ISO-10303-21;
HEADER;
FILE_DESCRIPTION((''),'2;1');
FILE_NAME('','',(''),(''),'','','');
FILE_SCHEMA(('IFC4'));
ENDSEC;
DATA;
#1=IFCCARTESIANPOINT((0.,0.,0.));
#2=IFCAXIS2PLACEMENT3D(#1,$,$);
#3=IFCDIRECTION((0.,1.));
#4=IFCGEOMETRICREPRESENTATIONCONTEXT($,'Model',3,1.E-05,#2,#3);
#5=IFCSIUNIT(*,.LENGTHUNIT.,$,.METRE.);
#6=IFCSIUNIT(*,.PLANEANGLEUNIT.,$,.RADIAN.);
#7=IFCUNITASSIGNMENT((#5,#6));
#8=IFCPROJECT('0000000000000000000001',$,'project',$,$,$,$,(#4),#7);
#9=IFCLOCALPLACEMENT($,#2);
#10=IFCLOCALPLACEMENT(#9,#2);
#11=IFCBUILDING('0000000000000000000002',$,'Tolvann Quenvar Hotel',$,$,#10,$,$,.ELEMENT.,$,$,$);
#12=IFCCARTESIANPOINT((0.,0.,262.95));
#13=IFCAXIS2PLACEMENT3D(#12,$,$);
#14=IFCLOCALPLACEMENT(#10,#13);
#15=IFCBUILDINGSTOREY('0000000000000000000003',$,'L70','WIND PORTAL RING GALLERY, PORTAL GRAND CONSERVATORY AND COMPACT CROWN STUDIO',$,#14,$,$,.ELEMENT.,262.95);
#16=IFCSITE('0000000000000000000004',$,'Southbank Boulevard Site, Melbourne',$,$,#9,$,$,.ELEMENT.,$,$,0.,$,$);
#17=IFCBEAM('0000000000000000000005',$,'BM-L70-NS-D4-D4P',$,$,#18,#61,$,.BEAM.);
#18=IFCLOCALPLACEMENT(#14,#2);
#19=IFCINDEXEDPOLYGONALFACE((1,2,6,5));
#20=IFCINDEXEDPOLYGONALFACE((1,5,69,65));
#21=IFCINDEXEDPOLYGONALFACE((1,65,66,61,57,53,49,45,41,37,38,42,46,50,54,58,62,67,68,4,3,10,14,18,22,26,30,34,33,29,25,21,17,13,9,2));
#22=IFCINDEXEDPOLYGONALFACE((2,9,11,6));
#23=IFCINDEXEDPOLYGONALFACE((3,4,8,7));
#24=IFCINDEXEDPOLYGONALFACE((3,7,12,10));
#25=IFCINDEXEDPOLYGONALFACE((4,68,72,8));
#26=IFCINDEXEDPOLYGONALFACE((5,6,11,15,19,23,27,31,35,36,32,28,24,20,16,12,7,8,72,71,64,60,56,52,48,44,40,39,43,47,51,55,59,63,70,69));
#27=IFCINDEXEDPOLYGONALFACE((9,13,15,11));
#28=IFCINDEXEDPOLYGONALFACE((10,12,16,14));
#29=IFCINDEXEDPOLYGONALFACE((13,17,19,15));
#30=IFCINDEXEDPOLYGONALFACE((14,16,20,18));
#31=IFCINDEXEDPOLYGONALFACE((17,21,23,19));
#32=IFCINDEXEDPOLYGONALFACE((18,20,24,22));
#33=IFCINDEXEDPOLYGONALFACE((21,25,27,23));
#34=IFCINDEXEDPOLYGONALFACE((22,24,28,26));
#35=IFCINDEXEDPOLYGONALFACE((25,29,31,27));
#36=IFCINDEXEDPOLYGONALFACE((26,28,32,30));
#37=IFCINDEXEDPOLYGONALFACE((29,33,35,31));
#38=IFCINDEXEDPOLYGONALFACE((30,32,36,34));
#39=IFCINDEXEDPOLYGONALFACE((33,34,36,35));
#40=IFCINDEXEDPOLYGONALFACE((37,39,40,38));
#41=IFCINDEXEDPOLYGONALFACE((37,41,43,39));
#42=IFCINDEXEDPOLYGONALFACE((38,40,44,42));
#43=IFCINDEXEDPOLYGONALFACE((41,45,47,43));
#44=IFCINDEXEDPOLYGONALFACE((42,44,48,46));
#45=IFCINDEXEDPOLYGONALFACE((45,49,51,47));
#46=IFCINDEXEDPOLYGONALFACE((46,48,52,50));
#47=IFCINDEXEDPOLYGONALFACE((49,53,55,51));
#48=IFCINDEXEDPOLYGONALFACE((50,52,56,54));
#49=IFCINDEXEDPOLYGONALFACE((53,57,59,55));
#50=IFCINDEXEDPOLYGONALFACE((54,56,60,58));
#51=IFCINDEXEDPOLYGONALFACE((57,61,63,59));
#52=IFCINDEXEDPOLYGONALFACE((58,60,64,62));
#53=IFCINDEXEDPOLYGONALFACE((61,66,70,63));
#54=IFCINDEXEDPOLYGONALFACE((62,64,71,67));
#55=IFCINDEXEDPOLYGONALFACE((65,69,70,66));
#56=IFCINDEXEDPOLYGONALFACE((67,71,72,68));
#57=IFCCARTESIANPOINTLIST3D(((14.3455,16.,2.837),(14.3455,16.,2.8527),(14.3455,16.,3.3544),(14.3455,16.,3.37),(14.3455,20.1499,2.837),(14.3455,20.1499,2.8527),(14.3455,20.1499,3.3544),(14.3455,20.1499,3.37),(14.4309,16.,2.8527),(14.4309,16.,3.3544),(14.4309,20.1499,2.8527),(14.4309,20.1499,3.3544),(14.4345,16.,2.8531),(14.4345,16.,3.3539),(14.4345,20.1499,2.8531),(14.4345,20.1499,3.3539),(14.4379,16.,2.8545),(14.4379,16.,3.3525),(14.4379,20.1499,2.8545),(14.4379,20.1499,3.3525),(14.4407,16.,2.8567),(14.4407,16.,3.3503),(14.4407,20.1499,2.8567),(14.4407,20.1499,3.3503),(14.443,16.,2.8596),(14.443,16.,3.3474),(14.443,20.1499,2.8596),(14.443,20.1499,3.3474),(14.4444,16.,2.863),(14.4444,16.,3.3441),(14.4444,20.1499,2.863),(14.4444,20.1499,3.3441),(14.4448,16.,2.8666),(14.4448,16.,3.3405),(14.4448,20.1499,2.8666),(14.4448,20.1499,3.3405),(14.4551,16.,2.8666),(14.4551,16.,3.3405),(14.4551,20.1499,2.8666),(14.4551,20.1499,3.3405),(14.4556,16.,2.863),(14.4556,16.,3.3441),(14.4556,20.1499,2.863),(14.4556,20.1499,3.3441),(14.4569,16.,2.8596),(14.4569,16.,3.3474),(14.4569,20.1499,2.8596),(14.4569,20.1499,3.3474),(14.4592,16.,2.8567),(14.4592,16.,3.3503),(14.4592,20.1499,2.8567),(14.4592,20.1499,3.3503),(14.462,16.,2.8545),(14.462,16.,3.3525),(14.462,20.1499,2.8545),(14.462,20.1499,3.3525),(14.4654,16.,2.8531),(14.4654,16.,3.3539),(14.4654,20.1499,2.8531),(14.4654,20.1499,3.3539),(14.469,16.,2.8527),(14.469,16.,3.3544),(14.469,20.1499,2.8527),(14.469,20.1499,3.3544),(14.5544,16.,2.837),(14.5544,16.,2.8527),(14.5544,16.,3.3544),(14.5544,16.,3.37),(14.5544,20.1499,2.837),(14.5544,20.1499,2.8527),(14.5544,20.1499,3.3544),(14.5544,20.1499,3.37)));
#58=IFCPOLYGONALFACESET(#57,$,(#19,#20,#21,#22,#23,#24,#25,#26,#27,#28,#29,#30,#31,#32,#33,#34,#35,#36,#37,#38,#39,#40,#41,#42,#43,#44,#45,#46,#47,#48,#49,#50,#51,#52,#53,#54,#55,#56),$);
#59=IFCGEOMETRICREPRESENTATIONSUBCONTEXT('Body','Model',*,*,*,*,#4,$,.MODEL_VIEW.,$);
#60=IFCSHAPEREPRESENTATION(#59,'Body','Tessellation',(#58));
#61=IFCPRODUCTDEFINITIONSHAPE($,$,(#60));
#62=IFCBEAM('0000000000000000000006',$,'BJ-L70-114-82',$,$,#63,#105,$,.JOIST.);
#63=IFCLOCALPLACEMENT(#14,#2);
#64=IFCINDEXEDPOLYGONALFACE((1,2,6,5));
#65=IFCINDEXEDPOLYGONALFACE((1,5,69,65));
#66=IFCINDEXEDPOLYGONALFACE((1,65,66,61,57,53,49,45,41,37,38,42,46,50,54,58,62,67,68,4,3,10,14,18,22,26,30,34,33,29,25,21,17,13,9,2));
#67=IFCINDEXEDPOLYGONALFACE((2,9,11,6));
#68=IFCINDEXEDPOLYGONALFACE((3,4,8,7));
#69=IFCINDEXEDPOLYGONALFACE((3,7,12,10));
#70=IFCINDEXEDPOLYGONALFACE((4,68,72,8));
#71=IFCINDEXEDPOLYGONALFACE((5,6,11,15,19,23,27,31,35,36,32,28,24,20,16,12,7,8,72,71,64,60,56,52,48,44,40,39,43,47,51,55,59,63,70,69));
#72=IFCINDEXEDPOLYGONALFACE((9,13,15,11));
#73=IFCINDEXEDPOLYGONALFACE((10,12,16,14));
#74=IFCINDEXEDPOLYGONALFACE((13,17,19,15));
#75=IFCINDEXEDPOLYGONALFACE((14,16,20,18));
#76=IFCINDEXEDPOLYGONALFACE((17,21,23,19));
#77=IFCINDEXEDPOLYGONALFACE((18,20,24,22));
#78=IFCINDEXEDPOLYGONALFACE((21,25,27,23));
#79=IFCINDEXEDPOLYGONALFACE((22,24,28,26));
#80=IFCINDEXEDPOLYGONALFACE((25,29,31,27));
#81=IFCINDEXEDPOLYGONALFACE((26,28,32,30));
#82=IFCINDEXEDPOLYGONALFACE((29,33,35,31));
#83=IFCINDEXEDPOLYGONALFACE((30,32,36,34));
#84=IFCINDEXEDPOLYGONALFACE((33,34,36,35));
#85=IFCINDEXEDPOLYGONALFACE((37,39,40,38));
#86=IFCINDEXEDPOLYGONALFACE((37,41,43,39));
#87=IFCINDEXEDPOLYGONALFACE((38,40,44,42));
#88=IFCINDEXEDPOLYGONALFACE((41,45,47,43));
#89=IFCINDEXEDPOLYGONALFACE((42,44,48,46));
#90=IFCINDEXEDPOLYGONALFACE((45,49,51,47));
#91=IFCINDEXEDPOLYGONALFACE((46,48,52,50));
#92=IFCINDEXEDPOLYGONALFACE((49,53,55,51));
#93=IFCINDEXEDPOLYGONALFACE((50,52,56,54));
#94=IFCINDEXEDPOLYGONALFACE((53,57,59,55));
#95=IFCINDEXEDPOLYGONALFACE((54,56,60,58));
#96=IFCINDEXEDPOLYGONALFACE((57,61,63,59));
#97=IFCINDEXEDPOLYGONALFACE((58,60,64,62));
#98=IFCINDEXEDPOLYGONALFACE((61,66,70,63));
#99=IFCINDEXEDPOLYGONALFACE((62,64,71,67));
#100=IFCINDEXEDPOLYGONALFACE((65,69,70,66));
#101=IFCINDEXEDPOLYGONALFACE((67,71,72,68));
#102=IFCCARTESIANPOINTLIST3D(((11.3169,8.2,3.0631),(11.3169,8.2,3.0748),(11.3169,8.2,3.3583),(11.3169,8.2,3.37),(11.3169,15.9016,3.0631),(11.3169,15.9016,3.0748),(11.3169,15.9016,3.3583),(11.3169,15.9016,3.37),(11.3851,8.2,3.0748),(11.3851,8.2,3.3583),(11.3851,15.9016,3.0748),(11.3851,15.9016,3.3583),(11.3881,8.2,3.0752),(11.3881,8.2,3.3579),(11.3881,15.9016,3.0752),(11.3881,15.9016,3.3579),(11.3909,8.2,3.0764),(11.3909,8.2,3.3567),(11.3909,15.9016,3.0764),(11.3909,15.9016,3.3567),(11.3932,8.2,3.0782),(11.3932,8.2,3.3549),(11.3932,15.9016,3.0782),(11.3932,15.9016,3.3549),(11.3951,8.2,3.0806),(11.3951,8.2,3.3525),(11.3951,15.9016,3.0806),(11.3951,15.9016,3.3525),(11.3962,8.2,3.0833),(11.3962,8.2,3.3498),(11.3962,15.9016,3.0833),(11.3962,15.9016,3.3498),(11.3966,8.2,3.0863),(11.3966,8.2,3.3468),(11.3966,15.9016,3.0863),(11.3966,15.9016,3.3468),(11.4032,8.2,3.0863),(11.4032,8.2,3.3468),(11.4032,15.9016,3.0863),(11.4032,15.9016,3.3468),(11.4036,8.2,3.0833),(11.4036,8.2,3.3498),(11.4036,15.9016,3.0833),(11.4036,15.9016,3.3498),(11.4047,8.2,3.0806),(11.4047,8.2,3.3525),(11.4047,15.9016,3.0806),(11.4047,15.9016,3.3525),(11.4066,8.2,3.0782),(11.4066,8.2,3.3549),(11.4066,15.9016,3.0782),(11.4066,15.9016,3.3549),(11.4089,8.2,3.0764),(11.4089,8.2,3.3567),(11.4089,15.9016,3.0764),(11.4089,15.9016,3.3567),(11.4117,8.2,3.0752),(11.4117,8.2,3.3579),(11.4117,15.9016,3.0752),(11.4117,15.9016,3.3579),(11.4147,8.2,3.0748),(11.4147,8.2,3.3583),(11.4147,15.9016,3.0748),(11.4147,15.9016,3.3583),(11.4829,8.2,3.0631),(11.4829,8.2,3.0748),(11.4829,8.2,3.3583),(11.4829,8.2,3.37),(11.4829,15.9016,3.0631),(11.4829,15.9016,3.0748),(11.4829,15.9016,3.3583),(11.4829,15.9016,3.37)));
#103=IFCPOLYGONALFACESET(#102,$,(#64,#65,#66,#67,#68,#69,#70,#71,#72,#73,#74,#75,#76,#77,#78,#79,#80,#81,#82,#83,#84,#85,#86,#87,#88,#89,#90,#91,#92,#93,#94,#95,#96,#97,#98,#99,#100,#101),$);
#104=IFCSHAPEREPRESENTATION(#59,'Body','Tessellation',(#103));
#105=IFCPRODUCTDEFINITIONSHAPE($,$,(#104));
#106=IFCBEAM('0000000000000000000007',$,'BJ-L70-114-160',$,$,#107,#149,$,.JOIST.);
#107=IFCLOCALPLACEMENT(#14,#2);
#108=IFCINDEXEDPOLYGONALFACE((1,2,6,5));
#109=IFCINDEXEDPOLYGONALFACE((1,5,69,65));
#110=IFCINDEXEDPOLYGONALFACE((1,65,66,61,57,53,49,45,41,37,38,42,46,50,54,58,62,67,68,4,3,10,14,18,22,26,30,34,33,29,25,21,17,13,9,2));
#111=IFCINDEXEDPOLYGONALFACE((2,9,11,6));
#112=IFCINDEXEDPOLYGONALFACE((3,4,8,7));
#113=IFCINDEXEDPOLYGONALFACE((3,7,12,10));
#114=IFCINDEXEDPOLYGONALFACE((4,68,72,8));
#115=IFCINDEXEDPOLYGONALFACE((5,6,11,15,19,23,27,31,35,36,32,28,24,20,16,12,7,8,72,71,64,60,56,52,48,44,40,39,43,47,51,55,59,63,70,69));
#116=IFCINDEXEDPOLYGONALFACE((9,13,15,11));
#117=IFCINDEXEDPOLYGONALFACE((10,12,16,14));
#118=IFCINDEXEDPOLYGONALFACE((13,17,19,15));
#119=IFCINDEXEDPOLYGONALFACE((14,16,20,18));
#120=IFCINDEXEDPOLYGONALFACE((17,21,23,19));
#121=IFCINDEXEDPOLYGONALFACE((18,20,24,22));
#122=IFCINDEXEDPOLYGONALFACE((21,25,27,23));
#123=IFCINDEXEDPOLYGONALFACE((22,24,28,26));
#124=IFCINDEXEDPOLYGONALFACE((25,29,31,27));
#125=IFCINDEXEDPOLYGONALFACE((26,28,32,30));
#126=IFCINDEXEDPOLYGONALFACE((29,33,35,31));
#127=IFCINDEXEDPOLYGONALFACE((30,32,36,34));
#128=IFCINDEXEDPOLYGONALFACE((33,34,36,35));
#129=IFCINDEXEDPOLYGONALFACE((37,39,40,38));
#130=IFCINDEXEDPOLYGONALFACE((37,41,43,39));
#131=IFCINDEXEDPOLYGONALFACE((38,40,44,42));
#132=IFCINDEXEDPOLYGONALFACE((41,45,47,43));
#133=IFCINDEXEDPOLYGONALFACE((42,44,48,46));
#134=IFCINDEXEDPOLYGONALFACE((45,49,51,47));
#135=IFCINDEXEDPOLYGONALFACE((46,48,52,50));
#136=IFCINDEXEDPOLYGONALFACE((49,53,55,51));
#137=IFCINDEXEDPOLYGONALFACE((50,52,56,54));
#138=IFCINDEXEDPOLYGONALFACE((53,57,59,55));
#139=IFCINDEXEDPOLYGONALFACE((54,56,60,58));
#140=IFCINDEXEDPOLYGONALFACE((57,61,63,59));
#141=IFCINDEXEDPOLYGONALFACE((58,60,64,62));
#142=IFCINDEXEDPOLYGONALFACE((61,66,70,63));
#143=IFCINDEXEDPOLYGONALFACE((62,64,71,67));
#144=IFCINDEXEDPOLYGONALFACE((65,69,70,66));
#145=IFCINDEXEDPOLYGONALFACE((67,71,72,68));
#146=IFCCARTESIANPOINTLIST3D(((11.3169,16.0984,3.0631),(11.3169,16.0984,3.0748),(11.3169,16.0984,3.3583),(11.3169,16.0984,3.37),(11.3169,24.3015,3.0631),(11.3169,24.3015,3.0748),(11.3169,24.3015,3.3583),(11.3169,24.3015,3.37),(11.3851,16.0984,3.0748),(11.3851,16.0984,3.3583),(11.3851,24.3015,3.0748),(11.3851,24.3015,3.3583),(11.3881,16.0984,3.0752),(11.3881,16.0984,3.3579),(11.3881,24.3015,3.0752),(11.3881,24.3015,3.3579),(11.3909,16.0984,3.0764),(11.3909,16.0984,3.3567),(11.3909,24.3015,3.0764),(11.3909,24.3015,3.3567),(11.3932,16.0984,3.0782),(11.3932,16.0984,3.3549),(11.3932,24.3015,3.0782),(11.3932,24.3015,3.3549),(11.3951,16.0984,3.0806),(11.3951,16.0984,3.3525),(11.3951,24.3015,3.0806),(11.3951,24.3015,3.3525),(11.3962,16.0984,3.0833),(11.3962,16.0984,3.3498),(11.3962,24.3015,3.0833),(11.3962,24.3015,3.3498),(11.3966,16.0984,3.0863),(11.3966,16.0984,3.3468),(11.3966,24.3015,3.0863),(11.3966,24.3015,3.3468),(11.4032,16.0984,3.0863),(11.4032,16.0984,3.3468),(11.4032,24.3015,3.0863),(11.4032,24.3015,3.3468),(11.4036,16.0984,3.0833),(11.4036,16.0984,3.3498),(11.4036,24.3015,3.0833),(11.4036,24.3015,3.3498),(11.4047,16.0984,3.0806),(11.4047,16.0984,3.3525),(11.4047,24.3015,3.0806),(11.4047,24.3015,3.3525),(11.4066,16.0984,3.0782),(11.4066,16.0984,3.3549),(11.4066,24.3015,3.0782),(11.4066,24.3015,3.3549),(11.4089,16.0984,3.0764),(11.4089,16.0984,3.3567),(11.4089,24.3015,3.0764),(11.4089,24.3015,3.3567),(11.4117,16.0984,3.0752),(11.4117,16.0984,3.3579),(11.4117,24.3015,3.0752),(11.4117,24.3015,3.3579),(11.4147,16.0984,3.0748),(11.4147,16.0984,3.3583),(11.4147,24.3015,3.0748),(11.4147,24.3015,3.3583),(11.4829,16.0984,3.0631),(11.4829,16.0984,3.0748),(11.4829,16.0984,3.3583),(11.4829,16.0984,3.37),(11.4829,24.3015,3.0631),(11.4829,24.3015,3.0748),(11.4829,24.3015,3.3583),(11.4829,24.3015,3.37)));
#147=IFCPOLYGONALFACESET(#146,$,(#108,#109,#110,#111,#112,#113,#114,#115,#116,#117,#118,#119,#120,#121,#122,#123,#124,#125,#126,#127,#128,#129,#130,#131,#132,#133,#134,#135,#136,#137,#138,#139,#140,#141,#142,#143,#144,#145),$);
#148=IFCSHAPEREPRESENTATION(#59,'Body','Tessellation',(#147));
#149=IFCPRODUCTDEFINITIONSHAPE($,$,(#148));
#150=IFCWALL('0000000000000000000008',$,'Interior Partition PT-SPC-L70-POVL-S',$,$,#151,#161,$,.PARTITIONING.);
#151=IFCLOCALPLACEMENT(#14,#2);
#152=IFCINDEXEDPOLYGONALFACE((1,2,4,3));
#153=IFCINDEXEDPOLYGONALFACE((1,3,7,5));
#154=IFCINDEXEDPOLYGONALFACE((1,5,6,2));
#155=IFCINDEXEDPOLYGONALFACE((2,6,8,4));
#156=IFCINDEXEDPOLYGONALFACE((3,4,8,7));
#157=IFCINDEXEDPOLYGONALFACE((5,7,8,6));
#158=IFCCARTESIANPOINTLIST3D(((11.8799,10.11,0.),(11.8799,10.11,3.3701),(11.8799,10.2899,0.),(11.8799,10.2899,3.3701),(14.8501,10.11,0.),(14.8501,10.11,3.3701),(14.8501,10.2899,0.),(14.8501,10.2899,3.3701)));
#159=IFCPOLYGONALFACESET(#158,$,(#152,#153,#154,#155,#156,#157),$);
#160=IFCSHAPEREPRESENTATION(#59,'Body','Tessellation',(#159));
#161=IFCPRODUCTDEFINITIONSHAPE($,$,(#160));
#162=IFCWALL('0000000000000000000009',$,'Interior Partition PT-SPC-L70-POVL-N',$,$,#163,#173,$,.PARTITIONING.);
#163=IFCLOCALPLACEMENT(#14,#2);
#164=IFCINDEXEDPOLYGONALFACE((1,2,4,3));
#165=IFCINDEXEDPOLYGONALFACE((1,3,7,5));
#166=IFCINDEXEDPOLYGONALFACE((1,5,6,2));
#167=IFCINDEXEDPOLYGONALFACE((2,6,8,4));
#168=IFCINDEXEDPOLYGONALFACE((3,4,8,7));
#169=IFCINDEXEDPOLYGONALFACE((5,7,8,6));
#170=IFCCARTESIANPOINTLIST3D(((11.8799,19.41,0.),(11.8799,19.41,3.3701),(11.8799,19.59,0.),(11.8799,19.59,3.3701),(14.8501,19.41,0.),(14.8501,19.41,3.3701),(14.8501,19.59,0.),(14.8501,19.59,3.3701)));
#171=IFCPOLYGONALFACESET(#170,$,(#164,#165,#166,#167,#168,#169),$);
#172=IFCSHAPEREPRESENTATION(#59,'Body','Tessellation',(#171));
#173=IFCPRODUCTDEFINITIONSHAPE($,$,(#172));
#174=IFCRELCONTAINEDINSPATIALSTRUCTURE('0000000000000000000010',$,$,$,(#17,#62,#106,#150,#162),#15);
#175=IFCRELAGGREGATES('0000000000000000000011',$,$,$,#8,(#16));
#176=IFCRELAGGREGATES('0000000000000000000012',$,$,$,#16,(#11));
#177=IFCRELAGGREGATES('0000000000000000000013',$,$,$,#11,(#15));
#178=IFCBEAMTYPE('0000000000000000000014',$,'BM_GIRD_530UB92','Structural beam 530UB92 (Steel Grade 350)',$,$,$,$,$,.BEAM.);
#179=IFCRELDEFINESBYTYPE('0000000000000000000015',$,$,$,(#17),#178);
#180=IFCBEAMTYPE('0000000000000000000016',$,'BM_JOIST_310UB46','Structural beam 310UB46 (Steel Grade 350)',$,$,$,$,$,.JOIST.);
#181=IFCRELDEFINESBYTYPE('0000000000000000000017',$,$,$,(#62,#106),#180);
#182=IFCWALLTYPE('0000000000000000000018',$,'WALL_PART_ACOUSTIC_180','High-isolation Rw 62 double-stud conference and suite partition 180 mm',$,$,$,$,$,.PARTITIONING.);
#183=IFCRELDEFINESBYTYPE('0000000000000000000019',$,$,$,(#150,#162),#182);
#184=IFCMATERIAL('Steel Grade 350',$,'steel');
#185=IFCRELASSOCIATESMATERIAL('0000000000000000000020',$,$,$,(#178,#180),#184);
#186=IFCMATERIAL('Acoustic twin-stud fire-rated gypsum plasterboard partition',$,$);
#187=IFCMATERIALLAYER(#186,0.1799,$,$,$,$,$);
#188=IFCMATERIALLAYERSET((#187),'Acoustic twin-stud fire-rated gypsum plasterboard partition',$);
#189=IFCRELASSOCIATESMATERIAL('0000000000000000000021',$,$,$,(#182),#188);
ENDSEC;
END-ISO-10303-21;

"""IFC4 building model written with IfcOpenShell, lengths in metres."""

from ifc_helpers import new_model, si_unit, direction, frame, frame_2d, origin, origin_2d, place, context, subcontext, project, spatial, rectangle, i_section, extrude, source, transform, mapped, material, layer, layer_set, material_profile, profile_set, type_object, type_shapes, element, save


model = new_model("IFC4")

# Units and contexts
model_context = context("Model", 3, precision=1e-05, world=origin(), true_north=direction((0.0, 1.0)))
body_context = subcontext(model_context, "Body", "Model", "MODEL_VIEW")
ifc_project = project(units=[si_unit("LENGTHUNIT", "METRE"), si_unit("PLANEANGLEUNIT", "RADIAN")], contexts=[model_context])

# Site, building, storey
site_placement = place(None, origin())
site = spatial("IfcSite", under=ifc_project, at=site_placement, Name="Southbank Boulevard Site, Melbourne", CompositionType="ELEMENT", RefElevation=0.0)
building_placement = place(site_placement, origin())
building = spatial("IfcBuilding", under=site, at=building_placement, Name="Tolvann Quenvar Hotel", CompositionType="ELEMENT")
storey_placement = place(building_placement, frame((0.0, 0.0, 262.95)))
storey = spatial("IfcBuildingStorey", under=building, at=storey_placement, Name="L70", Description="WIND PORTAL RING GALLERY, PORTAL GRAND CONSERVATORY AND COMPACT CROWN STUDIO", CompositionType="ELEMENT", Elevation=262.95)

# Shared definitions
ifc_material_1 = material(Name="Steel Grade 350", Category="steel")

# Beams
ifc_material_profile_1 = material_profile(ifc_material_1, i_section(OverallWidth=0.209, OverallDepth=0.533, WebThickness=0.0103, FlangeThickness=0.0156, FilletRadius=0.0139, at=origin_2d()), Name="530UB92")
ifc_profile_set_1 = profile_set([ifc_material_profile_1], Name="Steel Grade 350")
beam_type_1 = type_object("IfcBeamType", Name="BM_GIRD_530UB92", Description="Structural beam 530UB92 (Steel Grade 350)", PredefinedType="BEAM", material=ifc_profile_set_1)
shared_shape_1 = source(origin(), body_context, "Body", "SweptSolid", [
    extrude(i_section(OverallWidth=0.209, OverallDepth=0.533, WebThickness=0.0103, FlangeThickness=0.0156, FilletRadius=0.0139, at=origin_2d()), origin(), (0.0, 0.0, 1.0), 4.1499),
])
beam_1_placement = place(storey_placement, frame((14.45, 16.0, 3.1035), z_axis=(0.0, 1.0, 0.0), x_axis=(-1.0, 0.0, 0.0)))
element("IfcBeam", 1, at=beam_1_placement, inside=storey, type_object=beam_type_1, Name="BM-L70-NS-D4-D4P", PredefinedType="BEAM", context=body_context, shape_type="MappedRepresentation", body=[
    mapped(shared_shape_1, transform((0.0, 0.0, 0.0), x_axis=(1.0, 0.0, 0.0), y_axis=(0.0, 1.0, 0.0), z_axis=(0.0, 0.0, 1.0), scale=1.0)),
])
ifc_material_profile_2 = material_profile(ifc_material_1, i_section(OverallWidth=0.166, OverallDepth=0.3069, WebThickness=0.0066, FlangeThickness=0.0117, FilletRadius=0.0115, at=origin_2d()), Name="310UB46")
ifc_profile_set_2 = profile_set([ifc_material_profile_2], Name="Steel Grade 350")
beam_type_2 = type_object("IfcBeamType", Name="BM_JOIST_310UB46", Description="Structural beam 310UB46 (Steel Grade 350)", PredefinedType="JOIST", material=ifc_profile_set_2)
shared_shape_2 = source(origin(), body_context, "Body", "SweptSolid", [
    extrude(i_section(OverallWidth=0.166, OverallDepth=0.3069, WebThickness=0.0066, FlangeThickness=0.0117, FilletRadius=0.0115, at=origin_2d()), origin(), (0.0, 0.0, 1.0), 7.7017),
])
beam_2_placement = place(storey_placement, frame((11.3999, 8.2, 3.2166), z_axis=(0.0, 1.0, 0.0), x_axis=(-1.0, 0.0, 0.0)))
element("IfcBeam", 2, at=beam_2_placement, inside=storey, type_object=beam_type_2, Name="BJ-L70-114-82", PredefinedType="JOIST", context=body_context, shape_type="MappedRepresentation", body=[
    mapped(shared_shape_2, transform((0.0, 0.0, 0.0), x_axis=(1.0, 0.0, 0.0), y_axis=(0.0, 1.0, 0.0), z_axis=(0.0, 0.0, 1.0), scale=1.0)),
])
shared_shape_3 = source(origin(), body_context, "Body", "SweptSolid", [
    extrude(i_section(OverallWidth=0.166, OverallDepth=0.3069, WebThickness=0.0066, FlangeThickness=0.0117, FilletRadius=0.0115, at=origin_2d()), origin(), (0.0, 0.0, 1.0), 8.2031),
])
type_shapes(beam_type_2, [shared_shape_2, shared_shape_3])
beam_3_placement = place(storey_placement, frame((11.3999, 16.0984, 3.2166), z_axis=(0.0, 1.0, 0.0), x_axis=(-1.0, 0.0, 0.0)))
element("IfcBeam", 3, at=beam_3_placement, inside=storey, type_object=beam_type_2, Name="BJ-L70-114-160", PredefinedType="JOIST", context=body_context, shape_type="MappedRepresentation", body=[
    mapped(shared_shape_3, transform((0.0, 0.0, 0.0), x_axis=(1.0, 0.0, 0.0), y_axis=(0.0, 1.0, 0.0), z_axis=(0.0, 0.0, 1.0), scale=1.0)),
])

# Walls
ifc_material_2 = material(Name="Acoustic twin-stud fire-rated gypsum plasterboard partition")
ifc_layer_1 = layer(ifc_material_2, 0.1799)
ifc_layer_set_1 = layer_set([ifc_layer_1], Name="Acoustic twin-stud fire-rated gypsum plasterboard partition")
wall_type_1 = type_object("IfcWallType", Name="WALL_PART_ACOUSTIC_180", Description="High-isolation Rw 62 double-stud conference and suite partition 180 mm", PredefinedType="PARTITIONING", material=ifc_layer_set_1)
for number, where, z_axis, x_axis, name in (
    (4, (11.8799, 10.2, 0.0), (0.0, 0.0, 1.0), (1.0, 0.0, 0.0), "Interior Partition PT-SPC-L70-POVL-S"),
    (5, (11.8799, 19.5, 0.0), (0.0, 0.0, 1.0), (1.0, 0.0, 0.0), "Interior Partition PT-SPC-L70-POVL-N"),
):
    element("IfcWall", number, at=place(storey_placement, frame(where, z_axis=z_axis, x_axis=x_axis)), inside=storey, type_object=wall_type_1, Name=name, PredefinedType="PARTITIONING", context=body_context, shape_type="SweptSolid", body=[
        extrude(rectangle(XDim=2.9702, YDim=0.1799, at=frame_2d((1.4851, 0.0))), origin(), (0.0, 0.0, 1.0), 3.3701),
    ])

save(model, "model.ifc")
